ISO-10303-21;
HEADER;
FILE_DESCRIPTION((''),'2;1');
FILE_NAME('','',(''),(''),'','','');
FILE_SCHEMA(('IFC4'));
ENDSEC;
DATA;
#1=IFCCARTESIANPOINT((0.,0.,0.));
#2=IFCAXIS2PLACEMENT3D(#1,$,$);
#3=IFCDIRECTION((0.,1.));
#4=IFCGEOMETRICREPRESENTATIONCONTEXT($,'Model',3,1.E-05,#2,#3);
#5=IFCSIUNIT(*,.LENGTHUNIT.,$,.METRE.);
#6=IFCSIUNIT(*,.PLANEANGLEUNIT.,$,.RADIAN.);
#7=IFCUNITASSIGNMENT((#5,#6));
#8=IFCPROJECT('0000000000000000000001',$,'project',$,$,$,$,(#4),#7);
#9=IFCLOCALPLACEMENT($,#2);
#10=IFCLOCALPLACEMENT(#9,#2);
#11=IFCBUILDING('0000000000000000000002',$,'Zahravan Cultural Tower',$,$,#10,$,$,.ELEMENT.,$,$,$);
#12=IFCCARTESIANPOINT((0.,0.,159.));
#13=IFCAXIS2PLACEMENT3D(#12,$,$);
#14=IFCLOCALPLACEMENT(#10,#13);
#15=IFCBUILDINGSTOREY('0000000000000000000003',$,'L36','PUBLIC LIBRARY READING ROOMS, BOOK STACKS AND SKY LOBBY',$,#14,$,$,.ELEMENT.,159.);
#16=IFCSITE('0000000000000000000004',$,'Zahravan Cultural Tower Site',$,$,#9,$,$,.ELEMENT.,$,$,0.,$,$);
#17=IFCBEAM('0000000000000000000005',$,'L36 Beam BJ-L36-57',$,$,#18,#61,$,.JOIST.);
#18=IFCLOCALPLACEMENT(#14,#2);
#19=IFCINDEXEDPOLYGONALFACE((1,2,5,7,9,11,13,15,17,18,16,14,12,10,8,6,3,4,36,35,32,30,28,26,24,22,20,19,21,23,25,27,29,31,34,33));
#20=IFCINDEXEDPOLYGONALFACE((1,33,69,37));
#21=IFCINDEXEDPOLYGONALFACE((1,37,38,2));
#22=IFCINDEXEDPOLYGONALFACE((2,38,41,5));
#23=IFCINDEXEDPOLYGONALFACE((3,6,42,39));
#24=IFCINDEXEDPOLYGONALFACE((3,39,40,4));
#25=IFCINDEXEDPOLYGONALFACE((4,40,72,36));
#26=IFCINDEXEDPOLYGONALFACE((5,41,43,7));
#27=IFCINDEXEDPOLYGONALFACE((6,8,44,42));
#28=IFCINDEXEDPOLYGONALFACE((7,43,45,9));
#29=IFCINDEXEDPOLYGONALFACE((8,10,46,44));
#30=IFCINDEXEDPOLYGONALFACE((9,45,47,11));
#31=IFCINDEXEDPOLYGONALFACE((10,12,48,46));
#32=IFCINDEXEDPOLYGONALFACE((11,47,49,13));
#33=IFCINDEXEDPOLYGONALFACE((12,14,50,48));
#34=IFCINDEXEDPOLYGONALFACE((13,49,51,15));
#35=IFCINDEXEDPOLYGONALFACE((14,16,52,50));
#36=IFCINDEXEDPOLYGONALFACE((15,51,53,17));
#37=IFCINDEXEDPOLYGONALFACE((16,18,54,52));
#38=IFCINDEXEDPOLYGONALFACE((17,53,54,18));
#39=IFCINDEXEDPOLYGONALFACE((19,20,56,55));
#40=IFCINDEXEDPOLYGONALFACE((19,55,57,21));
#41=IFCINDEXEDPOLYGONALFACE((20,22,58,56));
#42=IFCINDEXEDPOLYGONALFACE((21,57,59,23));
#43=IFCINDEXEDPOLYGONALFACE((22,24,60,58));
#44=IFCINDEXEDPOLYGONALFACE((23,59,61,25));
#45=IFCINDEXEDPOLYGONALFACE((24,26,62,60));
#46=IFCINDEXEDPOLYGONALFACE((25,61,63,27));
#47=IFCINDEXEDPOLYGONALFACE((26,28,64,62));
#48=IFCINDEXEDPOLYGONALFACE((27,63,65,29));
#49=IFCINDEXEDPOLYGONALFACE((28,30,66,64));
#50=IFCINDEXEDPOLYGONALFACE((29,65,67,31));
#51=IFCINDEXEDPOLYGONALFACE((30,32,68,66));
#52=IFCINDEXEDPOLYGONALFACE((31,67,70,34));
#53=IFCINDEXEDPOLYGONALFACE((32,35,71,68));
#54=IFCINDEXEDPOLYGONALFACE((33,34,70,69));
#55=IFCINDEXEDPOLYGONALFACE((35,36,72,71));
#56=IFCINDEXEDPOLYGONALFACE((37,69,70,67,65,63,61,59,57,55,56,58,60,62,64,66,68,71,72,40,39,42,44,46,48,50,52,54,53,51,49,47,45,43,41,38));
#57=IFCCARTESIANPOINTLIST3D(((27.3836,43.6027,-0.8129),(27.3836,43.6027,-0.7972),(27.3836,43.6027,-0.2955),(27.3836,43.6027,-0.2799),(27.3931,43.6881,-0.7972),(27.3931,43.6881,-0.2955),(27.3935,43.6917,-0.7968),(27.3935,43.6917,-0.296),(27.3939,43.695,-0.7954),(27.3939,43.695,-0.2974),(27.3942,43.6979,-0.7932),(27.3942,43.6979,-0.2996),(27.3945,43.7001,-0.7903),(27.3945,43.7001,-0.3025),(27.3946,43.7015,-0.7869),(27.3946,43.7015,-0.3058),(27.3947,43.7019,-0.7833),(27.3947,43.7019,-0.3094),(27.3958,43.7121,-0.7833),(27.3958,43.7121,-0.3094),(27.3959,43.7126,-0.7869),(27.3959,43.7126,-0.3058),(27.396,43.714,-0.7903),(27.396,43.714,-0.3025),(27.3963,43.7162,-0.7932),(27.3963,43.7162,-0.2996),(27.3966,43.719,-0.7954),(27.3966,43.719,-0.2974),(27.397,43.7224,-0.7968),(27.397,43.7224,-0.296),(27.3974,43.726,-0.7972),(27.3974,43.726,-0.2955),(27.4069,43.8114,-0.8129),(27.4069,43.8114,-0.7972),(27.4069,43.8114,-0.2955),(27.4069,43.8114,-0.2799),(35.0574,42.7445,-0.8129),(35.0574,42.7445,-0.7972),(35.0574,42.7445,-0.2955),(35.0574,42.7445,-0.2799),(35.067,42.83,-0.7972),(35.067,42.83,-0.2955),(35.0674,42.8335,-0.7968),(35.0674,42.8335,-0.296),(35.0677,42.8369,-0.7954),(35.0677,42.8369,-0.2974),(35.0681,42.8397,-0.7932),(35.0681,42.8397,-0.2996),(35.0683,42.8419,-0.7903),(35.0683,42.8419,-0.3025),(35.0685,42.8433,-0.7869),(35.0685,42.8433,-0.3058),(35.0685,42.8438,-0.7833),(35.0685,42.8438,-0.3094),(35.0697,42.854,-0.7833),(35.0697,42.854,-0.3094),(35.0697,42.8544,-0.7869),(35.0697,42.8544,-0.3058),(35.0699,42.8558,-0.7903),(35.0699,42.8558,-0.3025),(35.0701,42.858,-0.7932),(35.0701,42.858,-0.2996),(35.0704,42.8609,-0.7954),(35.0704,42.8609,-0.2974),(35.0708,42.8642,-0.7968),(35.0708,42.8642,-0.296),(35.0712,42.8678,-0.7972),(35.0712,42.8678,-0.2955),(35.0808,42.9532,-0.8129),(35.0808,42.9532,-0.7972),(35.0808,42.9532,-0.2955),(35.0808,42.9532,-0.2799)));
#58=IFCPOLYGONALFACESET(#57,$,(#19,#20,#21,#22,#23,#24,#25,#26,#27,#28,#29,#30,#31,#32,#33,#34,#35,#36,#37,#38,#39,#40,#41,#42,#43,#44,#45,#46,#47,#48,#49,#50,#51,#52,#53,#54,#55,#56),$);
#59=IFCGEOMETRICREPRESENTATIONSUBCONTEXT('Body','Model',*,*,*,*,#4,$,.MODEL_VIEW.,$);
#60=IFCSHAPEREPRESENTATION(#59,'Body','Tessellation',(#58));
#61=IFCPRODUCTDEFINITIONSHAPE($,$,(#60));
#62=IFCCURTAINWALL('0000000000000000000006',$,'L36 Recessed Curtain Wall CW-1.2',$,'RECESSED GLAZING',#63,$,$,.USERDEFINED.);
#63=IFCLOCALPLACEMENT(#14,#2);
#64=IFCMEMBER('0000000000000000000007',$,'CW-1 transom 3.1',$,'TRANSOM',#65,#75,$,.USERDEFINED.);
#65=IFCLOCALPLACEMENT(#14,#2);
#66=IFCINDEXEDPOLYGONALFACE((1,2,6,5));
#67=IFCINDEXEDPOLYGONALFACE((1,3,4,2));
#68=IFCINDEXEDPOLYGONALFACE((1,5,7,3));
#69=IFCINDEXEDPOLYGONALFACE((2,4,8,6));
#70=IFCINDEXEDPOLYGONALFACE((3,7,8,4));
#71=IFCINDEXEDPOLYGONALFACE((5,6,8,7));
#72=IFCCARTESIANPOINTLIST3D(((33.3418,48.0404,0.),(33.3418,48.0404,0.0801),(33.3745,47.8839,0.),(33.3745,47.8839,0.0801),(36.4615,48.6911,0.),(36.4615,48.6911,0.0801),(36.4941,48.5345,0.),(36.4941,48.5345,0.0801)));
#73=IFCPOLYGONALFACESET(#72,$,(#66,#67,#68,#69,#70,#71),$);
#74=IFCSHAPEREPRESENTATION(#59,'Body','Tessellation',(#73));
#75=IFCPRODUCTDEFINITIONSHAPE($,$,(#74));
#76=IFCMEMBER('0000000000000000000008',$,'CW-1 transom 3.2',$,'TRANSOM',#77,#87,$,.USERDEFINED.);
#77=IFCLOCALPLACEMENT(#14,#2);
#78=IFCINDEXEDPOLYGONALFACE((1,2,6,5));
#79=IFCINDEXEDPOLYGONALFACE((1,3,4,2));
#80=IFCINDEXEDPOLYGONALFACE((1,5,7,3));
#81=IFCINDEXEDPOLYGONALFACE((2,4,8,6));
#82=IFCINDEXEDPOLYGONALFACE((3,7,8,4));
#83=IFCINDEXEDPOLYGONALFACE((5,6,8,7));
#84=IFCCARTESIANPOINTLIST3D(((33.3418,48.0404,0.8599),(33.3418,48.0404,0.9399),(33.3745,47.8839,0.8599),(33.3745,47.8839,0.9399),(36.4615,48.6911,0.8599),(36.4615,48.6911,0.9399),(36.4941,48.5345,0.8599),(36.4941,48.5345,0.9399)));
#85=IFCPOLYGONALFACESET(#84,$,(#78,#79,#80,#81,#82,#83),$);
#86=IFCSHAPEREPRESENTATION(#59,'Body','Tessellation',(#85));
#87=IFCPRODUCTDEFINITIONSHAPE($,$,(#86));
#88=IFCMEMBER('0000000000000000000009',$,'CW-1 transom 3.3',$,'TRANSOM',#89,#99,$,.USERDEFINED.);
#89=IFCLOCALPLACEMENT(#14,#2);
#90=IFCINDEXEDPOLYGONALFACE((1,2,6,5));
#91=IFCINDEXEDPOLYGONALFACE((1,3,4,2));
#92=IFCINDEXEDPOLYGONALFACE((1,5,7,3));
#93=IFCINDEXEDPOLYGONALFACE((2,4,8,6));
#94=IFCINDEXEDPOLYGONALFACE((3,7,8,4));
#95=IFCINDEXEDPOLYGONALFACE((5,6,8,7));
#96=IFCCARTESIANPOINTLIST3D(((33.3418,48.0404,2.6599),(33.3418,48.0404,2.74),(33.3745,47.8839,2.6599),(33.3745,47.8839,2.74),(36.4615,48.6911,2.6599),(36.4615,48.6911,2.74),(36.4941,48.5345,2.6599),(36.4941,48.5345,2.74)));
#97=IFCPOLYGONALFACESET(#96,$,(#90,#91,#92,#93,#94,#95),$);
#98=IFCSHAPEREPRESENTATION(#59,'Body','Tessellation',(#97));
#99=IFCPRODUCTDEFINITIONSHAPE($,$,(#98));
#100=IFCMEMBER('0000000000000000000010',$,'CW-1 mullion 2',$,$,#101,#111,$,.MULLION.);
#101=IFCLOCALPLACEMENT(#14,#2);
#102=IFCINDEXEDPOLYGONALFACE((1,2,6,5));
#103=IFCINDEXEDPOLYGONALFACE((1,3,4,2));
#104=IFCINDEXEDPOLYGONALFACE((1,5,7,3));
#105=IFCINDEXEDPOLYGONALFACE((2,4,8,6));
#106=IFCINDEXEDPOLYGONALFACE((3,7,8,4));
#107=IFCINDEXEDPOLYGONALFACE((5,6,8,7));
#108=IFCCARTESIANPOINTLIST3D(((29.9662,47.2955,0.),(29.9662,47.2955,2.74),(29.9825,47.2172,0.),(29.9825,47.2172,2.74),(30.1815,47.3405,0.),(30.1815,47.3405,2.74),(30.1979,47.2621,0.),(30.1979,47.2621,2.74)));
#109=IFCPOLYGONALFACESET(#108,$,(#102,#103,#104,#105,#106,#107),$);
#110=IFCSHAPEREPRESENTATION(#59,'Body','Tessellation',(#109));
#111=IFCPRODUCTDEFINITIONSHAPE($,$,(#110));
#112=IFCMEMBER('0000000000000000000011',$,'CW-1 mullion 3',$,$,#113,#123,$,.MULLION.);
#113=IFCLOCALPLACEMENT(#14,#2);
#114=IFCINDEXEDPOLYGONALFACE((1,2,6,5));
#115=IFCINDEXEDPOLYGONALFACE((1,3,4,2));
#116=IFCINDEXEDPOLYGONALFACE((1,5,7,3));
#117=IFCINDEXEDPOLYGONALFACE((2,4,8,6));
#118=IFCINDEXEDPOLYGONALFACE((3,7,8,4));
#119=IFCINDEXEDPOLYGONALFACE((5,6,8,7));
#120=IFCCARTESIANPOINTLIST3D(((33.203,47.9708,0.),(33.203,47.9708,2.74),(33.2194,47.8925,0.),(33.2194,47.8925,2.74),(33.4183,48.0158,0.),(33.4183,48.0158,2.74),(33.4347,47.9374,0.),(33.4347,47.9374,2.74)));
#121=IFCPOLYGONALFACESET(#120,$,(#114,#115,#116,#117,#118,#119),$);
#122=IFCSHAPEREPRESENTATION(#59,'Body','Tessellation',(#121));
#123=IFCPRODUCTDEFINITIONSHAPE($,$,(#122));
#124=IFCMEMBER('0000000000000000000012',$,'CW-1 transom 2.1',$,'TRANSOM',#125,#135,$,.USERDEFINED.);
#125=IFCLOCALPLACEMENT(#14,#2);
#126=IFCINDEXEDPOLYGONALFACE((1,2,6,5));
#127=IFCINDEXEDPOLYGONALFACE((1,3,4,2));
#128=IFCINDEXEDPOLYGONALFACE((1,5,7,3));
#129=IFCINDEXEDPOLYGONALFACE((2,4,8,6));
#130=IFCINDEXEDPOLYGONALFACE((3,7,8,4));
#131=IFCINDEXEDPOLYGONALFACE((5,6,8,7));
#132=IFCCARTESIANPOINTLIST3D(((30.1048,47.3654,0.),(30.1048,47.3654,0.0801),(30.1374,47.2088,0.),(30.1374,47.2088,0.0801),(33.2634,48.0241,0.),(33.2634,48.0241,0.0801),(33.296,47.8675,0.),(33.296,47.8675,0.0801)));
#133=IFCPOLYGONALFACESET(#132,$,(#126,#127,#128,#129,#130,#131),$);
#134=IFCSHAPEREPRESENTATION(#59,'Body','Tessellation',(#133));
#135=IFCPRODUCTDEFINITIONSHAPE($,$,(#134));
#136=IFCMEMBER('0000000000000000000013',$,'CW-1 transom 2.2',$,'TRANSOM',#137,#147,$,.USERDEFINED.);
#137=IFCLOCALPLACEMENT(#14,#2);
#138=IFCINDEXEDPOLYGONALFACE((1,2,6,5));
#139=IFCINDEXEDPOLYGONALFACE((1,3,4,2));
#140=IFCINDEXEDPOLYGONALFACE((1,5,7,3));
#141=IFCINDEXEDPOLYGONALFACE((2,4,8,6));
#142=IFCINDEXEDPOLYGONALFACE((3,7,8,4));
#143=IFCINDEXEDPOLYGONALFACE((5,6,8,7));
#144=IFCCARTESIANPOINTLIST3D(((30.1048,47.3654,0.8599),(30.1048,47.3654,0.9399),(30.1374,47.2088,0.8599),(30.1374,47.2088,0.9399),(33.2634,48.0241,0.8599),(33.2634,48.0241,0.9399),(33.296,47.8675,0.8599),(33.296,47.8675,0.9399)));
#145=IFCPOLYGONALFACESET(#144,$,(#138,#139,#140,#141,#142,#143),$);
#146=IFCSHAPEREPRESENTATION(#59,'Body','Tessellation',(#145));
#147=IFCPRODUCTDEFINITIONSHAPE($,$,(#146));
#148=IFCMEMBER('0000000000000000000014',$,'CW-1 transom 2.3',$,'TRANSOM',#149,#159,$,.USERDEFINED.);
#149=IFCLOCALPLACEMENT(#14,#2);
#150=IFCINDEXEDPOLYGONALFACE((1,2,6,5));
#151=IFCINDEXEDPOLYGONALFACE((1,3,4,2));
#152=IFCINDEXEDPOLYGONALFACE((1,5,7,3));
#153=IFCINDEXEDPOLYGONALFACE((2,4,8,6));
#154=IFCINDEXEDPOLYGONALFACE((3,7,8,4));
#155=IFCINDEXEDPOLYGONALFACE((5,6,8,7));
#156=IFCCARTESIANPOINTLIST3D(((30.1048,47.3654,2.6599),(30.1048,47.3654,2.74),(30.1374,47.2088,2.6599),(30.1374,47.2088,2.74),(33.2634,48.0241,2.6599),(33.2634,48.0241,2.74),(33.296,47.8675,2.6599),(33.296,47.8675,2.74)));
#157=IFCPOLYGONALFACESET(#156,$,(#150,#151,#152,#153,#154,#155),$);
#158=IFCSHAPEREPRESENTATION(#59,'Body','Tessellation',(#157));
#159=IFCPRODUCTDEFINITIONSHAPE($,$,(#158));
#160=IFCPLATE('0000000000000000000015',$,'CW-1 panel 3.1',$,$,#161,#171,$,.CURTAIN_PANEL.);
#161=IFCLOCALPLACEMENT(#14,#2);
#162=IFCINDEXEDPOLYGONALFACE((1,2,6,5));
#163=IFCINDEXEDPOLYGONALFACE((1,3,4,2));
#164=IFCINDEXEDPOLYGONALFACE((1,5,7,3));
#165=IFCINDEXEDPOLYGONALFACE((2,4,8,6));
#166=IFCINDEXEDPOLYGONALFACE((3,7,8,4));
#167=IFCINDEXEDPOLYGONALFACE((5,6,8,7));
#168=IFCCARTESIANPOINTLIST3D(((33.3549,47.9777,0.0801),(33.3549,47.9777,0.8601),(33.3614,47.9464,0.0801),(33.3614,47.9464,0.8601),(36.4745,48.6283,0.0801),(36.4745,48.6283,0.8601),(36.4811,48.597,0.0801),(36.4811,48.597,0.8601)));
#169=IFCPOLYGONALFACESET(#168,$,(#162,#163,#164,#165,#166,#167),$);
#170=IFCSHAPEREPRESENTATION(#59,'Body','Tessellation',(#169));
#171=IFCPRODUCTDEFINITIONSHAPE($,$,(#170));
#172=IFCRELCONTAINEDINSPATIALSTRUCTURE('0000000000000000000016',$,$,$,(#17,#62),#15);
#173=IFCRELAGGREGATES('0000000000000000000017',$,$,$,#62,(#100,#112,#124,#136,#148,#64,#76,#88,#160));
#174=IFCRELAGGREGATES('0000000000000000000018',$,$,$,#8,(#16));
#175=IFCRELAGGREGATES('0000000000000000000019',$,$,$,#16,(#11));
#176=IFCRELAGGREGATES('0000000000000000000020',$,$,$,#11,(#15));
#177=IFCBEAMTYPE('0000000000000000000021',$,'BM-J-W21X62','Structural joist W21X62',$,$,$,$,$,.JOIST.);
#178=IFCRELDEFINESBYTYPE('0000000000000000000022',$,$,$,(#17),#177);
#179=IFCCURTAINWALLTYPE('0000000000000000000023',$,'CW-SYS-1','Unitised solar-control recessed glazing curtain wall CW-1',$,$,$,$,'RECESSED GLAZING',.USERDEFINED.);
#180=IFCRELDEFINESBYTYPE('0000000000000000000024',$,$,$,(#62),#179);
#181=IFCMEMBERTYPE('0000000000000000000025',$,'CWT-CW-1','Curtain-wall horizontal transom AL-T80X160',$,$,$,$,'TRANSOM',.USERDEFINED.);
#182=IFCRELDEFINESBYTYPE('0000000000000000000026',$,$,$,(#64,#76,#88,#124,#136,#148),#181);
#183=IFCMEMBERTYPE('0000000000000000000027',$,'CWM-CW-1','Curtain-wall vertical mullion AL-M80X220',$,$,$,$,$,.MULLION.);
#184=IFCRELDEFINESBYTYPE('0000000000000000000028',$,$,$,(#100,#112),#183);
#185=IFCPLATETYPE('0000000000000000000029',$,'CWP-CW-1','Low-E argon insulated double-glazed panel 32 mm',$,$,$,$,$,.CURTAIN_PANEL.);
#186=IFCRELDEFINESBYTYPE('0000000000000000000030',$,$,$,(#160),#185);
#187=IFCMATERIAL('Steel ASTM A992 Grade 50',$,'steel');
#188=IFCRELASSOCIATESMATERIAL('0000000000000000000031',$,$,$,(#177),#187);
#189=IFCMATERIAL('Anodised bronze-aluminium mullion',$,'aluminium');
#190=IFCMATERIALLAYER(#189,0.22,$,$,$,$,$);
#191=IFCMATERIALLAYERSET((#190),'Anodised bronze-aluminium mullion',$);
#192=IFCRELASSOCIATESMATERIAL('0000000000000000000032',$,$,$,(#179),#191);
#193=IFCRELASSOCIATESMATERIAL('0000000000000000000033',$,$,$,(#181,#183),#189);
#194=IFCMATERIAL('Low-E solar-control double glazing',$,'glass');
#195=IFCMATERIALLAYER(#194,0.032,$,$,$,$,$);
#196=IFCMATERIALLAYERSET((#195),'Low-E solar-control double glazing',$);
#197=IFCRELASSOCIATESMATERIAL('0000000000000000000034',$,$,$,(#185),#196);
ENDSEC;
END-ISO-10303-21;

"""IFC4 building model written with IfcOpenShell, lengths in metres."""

from ifc_helpers import new_model, si_unit, direction, frame, origin, origin_2d, place, context, subcontext, project, spatial, rectangle, i_section, extrude, source, transform, mapped, material, layer, layer_set, material_profile, profile_set, type_object, element, aggregate, save


model = new_model("IFC4")

# Units and contexts
model_context = context("Model", 3, precision=1e-05, world=origin(), true_north=direction((0.0, 1.0)))
body_context = subcontext(model_context, "Body", "Model", "MODEL_VIEW")
ifc_project = project(units=[si_unit("LENGTHUNIT", "METRE"), si_unit("PLANEANGLEUNIT", "RADIAN")], contexts=[model_context])

# Site, building, storey
site_placement = place(None, origin())
site = spatial("IfcSite", under=ifc_project, at=site_placement, Name="Zahravan Cultural Tower Site", CompositionType="ELEMENT", RefElevation=0.0)
building_placement = place(site_placement, origin())
building = spatial("IfcBuilding", under=site, at=building_placement, Name="Zahravan Cultural Tower", CompositionType="ELEMENT")
storey_placement = place(building_placement, frame((0.0, 0.0, 159.0)))
storey = spatial("IfcBuildingStorey", under=building, at=storey_placement, Name="L36", Description="PUBLIC LIBRARY READING ROOMS, BOOK STACKS AND SKY LOBBY", CompositionType="ELEMENT", Elevation=159.0)

# Shared definitions
ifc_material_1 = material(Name="Steel ASTM A992 Grade 50", Category="steel")

# Beam
ifc_material_profile_1 = material_profile(ifc_material_1, i_section(OverallWidth=0.21, OverallDepth=0.533, WebThickness=0.0103, FlangeThickness=0.0156, FilletRadius=0.0139, at=origin_2d()), Name="W21X62")
ifc_profile_set_1 = profile_set([ifc_material_profile_1], Name="Steel ASTM A992 Grade 50")
beam_type_1 = type_object("IfcBeamType", Name="BM-J-W21X62", Description="Structural joist W21X62", PredefinedType="JOIST", material=ifc_profile_set_1)
shared_shape_1 = source(origin(), body_context, "Body", "SweptSolid", [
    extrude(i_section(OverallWidth=0.21, OverallDepth=0.533, WebThickness=0.0103, FlangeThickness=0.0156, FilletRadius=0.0139, at=origin_2d()), origin(), (0.0, 0.0, 1.0), 7.7217),
])
beam_1_placement = place(storey_placement, frame((35.0691, 42.8489, -0.5464), z_axis=(-0.993805, 0.111136, 0.0), x_axis=(-0.111136, -0.993805, 0.0)))
element("IfcBeam", 1, at=beam_1_placement, inside=storey, type_object=beam_type_1, Name="L36 Beam BJ-L36-57", PredefinedType="JOIST", context=body_context, shape_type="MappedRepresentation", body=[
    mapped(shared_shape_1, transform((0.0, 0.0, 0.0), x_axis=(1.0, 0.0, 0.0), y_axis=(0.0, 1.0, 0.0), z_axis=(0.0, 0.0, 1.0), scale=1.0)),
])

# Curtain wall, members, plate
ifc_material_2 = material(Name="Anodised bronze-aluminium mullion", Category="aluminium")
ifc_layer_1 = layer(ifc_material_2, 0.22)
ifc_layer_set_1 = layer_set([ifc_layer_1], Name="Anodised bronze-aluminium mullion")
curtain_wall_type = type_object("IfcCurtainWallType", Name="CW-SYS-1", Description="Unitised solar-control recessed glazing curtain wall CW-1", ElementType="RECESSED GLAZING", PredefinedType="USERDEFINED", material=ifc_layer_set_1)
curtain_wall_placement = place(storey_placement, origin())
curtain_wall = element("IfcCurtainWall", 2, at=curtain_wall_placement, inside=storey, type_object=curtain_wall_type, Name="L36 Recessed Curtain Wall CW-1.2", ObjectType="RECESSED GLAZING", PredefinedType="USERDEFINED")
ifc_material_profile_2 = material_profile(ifc_material_2, rectangle(XDim=0.1599, YDim=0.0801, at=origin_2d()), Name="AL-T80X160")
ifc_profile_set_2 = profile_set([ifc_material_profile_2], Name="Anodised bronze-aluminium mullion")
member_type_1 = type_object("IfcMemberType", Name="CWT-CW-1", Description="Curtain-wall horizontal transom AL-T80X160", ElementType="TRANSOM", PredefinedType="USERDEFINED", material=ifc_profile_set_2)
shared_shape_2 = source(origin(), body_context, "Body", "SweptSolid", [
    extrude(rectangle(XDim=0.1599, YDim=0.0801, at=origin_2d()), origin(), (0.0, 0.0, 1.0), 3.1868),
])
member_1_placement = place(storey_placement, frame((33.3582, 47.9622, 0.04), z_axis=(0.978936, 0.204168, 0.0), x_axis=(-0.204168, 0.978936, 0.0)))
member_1 = element("IfcMember", 3, at=member_1_placement, type_object=member_type_1, Name="CW-1 transom 3.1", ObjectType="TRANSOM", PredefinedType="USERDEFINED", context=body_context, shape_type="MappedRepresentation", body=[
    mapped(shared_shape_2, transform((0.0, 0.0, 0.0), x_axis=(1.0, 0.0, 0.0), y_axis=(0.0, 1.0, 0.0), z_axis=(0.0, 0.0, 1.0), scale=1.0)),
])
member_2_placement = place(storey_placement, frame((33.3582, 47.9622, 0.8999), z_axis=(0.978936, 0.204168, 0.0), x_axis=(-0.204168, 0.978936, 0.0)))
member_2 = element("IfcMember", 4, at=member_2_placement, type_object=member_type_1, Name="CW-1 transom 3.2", ObjectType="TRANSOM", PredefinedType="USERDEFINED", context=body_context, shape_type="MappedRepresentation", body=[
    mapped(shared_shape_2, transform((0.0, 0.0, 0.0), x_axis=(1.0, 0.0, 0.0), y_axis=(0.0, 1.0, 0.0), z_axis=(0.0, 0.0, 1.0), scale=1.0)),
])
member_3_placement = place(storey_placement, frame((33.3582, 47.9622, 2.7), z_axis=(0.978936, 0.204168, 0.0), x_axis=(-0.204168, 0.978936, 0.0)))
member_3 = element("IfcMember", 5, at=member_3_placement, type_object=member_type_1, Name="CW-1 transom 3.3", ObjectType="TRANSOM", PredefinedType="USERDEFINED", context=body_context, shape_type="MappedRepresentation", body=[
    mapped(shared_shape_2, transform((0.0, 0.0, 0.0), x_axis=(1.0, 0.0, 0.0), y_axis=(0.0, 1.0, 0.0), z_axis=(0.0, 0.0, 1.0), scale=1.0)),
])
ifc_material_profile_3 = material_profile(ifc_material_2, rectangle(XDim=0.0801, YDim=0.22, at=origin_2d()), Name="AL-M80X220")
ifc_profile_set_3 = profile_set([ifc_material_profile_3], Name="Anodised bronze-aluminium mullion")
member_type_2 = type_object("IfcMemberType", Name="CWM-CW-1", Description="Curtain-wall vertical mullion AL-M80X220", PredefinedType="MULLION", material=ifc_profile_set_3)
shared_shape_3 = source(origin(), body_context, "Body", "SweptSolid", [
    extrude(rectangle(XDim=0.0801, YDim=0.22, at=origin_2d()), origin(), (0.0, 0.0, 1.0), 2.74),
])
member_4_placement = place(storey_placement, frame((30.082, 47.2788, 0.0), z_axis=(0.0, 0.0, 1.0), x_axis=(-0.204162, 0.978937, 0.0)))
member_4 = element("IfcMember", 6, at=member_4_placement, type_object=member_type_2, Name="CW-1 mullion 2", PredefinedType="MULLION", context=body_context, shape_type="MappedRepresentation", body=[
    mapped(shared_shape_3, transform((0.0, 0.0, 0.0), x_axis=(1.0, 0.0, 0.0), y_axis=(0.0, 1.0, 0.0), z_axis=(0.0, 0.0, 1.0), scale=1.0)),
])
member_5_placement = place(storey_placement, frame((33.3188, 47.9541, 0.0), z_axis=(0.0, 0.0, 1.0), x_axis=(-0.204162, 0.978937, 0.0)))
member_5 = element("IfcMember", 7, at=member_5_placement, type_object=member_type_2, Name="CW-1 mullion 3", PredefinedType="MULLION", context=body_context, shape_type="MappedRepresentation", body=[
    mapped(shared_shape_3, transform((0.0, 0.0, 0.0), x_axis=(1.0, 0.0, 0.0), y_axis=(0.0, 1.0, 0.0), z_axis=(0.0, 0.0, 1.0), scale=1.0)),
])
shared_shape_4 = source(origin(), body_context, "Body", "SweptSolid", [
    extrude(rectangle(XDim=0.1599, YDim=0.0801, at=origin_2d()), origin(), (0.0, 0.0, 1.0), 3.2266),
])
member_6_placement = place(storey_placement, frame((30.1211, 47.2871, 0.04), z_axis=(0.978941, 0.204142, 0.0), x_axis=(-0.204142, 0.978941, 0.0)))
member_6 = element("IfcMember", 8, at=member_6_placement, type_object=member_type_1, Name="CW-1 transom 2.1", ObjectType="TRANSOM", PredefinedType="USERDEFINED", context=body_context, shape_type="MappedRepresentation", body=[
    mapped(shared_shape_4, transform((0.0, 0.0, 0.0), x_axis=(1.0, 0.0, 0.0), y_axis=(0.0, 1.0, 0.0), z_axis=(0.0, 0.0, 1.0), scale=1.0)),
])
member_7_placement = place(storey_placement, frame((30.1211, 47.2871, 0.8999), z_axis=(0.978941, 0.204142, 0.0), x_axis=(-0.204142, 0.978941, 0.0)))
member_7 = element("IfcMember", 9, at=member_7_placement, type_object=member_type_1, Name="CW-1 transom 2.2", ObjectType="TRANSOM", PredefinedType="USERDEFINED", context=body_context, shape_type="MappedRepresentation", body=[
    mapped(shared_shape_4, transform((0.0, 0.0, 0.0), x_axis=(1.0, 0.0, 0.0), y_axis=(0.0, 1.0, 0.0), z_axis=(0.0, 0.0, 1.0), scale=1.0)),
])
member_8_placement = place(storey_placement, frame((30.1211, 47.2871, 2.7), z_axis=(0.978941, 0.204142, 0.0), x_axis=(-0.204142, 0.978941, 0.0)))
member_8 = element("IfcMember", 10, at=member_8_placement, type_object=member_type_1, Name="CW-1 transom 2.3", ObjectType="TRANSOM", PredefinedType="USERDEFINED", context=body_context, shape_type="MappedRepresentation", body=[
    mapped(shared_shape_4, transform((0.0, 0.0, 0.0), x_axis=(1.0, 0.0, 0.0), y_axis=(0.0, 1.0, 0.0), z_axis=(0.0, 0.0, 1.0), scale=1.0)),
])
ifc_material_3 = material(Name="Low-E solar-control double glazing", Category="glass")
ifc_layer_2 = layer(ifc_material_3, 0.032)
ifc_layer_set_2 = layer_set([ifc_layer_2], Name="Low-E solar-control double glazing")
plate_type = type_object("IfcPlateType", Name="CWP-CW-1", Description="Low-E argon insulated double-glazed panel 32 mm", PredefinedType="CURTAIN_PANEL", material=ifc_layer_set_2)
shared_shape_5 = source(origin(), body_context, "Body", "SweptSolid", [
    extrude(rectangle(XDim=3.1868, YDim=0.032, at=origin_2d()), origin(), (0.0, 0.0, 1.0), 0.78),
])
plate_1_placement = place(storey_placement, frame((34.918, 48.2874, 0.0801), z_axis=(0.0, 0.0, 1.0), x_axis=(0.978937, 0.204162, 0.0)))
plate_1 = element("IfcPlate", 11, at=plate_1_placement, type_object=plate_type, Name="CW-1 panel 3.1", PredefinedType="CURTAIN_PANEL", context=body_context, shape_type="MappedRepresentation", body=[
    mapped(shared_shape_5, transform((0.0, 0.0, 0.0), x_axis=(1.0, 0.0, 0.0), y_axis=(0.0, 1.0, 0.0), z_axis=(0.0, 0.0, 1.0), scale=1.0)),
])
aggregate(curtain_wall, [member_4, member_5, member_6, member_7, member_8, member_1, member_2, member_3, plate_1])

save(model, "model.ifc")
